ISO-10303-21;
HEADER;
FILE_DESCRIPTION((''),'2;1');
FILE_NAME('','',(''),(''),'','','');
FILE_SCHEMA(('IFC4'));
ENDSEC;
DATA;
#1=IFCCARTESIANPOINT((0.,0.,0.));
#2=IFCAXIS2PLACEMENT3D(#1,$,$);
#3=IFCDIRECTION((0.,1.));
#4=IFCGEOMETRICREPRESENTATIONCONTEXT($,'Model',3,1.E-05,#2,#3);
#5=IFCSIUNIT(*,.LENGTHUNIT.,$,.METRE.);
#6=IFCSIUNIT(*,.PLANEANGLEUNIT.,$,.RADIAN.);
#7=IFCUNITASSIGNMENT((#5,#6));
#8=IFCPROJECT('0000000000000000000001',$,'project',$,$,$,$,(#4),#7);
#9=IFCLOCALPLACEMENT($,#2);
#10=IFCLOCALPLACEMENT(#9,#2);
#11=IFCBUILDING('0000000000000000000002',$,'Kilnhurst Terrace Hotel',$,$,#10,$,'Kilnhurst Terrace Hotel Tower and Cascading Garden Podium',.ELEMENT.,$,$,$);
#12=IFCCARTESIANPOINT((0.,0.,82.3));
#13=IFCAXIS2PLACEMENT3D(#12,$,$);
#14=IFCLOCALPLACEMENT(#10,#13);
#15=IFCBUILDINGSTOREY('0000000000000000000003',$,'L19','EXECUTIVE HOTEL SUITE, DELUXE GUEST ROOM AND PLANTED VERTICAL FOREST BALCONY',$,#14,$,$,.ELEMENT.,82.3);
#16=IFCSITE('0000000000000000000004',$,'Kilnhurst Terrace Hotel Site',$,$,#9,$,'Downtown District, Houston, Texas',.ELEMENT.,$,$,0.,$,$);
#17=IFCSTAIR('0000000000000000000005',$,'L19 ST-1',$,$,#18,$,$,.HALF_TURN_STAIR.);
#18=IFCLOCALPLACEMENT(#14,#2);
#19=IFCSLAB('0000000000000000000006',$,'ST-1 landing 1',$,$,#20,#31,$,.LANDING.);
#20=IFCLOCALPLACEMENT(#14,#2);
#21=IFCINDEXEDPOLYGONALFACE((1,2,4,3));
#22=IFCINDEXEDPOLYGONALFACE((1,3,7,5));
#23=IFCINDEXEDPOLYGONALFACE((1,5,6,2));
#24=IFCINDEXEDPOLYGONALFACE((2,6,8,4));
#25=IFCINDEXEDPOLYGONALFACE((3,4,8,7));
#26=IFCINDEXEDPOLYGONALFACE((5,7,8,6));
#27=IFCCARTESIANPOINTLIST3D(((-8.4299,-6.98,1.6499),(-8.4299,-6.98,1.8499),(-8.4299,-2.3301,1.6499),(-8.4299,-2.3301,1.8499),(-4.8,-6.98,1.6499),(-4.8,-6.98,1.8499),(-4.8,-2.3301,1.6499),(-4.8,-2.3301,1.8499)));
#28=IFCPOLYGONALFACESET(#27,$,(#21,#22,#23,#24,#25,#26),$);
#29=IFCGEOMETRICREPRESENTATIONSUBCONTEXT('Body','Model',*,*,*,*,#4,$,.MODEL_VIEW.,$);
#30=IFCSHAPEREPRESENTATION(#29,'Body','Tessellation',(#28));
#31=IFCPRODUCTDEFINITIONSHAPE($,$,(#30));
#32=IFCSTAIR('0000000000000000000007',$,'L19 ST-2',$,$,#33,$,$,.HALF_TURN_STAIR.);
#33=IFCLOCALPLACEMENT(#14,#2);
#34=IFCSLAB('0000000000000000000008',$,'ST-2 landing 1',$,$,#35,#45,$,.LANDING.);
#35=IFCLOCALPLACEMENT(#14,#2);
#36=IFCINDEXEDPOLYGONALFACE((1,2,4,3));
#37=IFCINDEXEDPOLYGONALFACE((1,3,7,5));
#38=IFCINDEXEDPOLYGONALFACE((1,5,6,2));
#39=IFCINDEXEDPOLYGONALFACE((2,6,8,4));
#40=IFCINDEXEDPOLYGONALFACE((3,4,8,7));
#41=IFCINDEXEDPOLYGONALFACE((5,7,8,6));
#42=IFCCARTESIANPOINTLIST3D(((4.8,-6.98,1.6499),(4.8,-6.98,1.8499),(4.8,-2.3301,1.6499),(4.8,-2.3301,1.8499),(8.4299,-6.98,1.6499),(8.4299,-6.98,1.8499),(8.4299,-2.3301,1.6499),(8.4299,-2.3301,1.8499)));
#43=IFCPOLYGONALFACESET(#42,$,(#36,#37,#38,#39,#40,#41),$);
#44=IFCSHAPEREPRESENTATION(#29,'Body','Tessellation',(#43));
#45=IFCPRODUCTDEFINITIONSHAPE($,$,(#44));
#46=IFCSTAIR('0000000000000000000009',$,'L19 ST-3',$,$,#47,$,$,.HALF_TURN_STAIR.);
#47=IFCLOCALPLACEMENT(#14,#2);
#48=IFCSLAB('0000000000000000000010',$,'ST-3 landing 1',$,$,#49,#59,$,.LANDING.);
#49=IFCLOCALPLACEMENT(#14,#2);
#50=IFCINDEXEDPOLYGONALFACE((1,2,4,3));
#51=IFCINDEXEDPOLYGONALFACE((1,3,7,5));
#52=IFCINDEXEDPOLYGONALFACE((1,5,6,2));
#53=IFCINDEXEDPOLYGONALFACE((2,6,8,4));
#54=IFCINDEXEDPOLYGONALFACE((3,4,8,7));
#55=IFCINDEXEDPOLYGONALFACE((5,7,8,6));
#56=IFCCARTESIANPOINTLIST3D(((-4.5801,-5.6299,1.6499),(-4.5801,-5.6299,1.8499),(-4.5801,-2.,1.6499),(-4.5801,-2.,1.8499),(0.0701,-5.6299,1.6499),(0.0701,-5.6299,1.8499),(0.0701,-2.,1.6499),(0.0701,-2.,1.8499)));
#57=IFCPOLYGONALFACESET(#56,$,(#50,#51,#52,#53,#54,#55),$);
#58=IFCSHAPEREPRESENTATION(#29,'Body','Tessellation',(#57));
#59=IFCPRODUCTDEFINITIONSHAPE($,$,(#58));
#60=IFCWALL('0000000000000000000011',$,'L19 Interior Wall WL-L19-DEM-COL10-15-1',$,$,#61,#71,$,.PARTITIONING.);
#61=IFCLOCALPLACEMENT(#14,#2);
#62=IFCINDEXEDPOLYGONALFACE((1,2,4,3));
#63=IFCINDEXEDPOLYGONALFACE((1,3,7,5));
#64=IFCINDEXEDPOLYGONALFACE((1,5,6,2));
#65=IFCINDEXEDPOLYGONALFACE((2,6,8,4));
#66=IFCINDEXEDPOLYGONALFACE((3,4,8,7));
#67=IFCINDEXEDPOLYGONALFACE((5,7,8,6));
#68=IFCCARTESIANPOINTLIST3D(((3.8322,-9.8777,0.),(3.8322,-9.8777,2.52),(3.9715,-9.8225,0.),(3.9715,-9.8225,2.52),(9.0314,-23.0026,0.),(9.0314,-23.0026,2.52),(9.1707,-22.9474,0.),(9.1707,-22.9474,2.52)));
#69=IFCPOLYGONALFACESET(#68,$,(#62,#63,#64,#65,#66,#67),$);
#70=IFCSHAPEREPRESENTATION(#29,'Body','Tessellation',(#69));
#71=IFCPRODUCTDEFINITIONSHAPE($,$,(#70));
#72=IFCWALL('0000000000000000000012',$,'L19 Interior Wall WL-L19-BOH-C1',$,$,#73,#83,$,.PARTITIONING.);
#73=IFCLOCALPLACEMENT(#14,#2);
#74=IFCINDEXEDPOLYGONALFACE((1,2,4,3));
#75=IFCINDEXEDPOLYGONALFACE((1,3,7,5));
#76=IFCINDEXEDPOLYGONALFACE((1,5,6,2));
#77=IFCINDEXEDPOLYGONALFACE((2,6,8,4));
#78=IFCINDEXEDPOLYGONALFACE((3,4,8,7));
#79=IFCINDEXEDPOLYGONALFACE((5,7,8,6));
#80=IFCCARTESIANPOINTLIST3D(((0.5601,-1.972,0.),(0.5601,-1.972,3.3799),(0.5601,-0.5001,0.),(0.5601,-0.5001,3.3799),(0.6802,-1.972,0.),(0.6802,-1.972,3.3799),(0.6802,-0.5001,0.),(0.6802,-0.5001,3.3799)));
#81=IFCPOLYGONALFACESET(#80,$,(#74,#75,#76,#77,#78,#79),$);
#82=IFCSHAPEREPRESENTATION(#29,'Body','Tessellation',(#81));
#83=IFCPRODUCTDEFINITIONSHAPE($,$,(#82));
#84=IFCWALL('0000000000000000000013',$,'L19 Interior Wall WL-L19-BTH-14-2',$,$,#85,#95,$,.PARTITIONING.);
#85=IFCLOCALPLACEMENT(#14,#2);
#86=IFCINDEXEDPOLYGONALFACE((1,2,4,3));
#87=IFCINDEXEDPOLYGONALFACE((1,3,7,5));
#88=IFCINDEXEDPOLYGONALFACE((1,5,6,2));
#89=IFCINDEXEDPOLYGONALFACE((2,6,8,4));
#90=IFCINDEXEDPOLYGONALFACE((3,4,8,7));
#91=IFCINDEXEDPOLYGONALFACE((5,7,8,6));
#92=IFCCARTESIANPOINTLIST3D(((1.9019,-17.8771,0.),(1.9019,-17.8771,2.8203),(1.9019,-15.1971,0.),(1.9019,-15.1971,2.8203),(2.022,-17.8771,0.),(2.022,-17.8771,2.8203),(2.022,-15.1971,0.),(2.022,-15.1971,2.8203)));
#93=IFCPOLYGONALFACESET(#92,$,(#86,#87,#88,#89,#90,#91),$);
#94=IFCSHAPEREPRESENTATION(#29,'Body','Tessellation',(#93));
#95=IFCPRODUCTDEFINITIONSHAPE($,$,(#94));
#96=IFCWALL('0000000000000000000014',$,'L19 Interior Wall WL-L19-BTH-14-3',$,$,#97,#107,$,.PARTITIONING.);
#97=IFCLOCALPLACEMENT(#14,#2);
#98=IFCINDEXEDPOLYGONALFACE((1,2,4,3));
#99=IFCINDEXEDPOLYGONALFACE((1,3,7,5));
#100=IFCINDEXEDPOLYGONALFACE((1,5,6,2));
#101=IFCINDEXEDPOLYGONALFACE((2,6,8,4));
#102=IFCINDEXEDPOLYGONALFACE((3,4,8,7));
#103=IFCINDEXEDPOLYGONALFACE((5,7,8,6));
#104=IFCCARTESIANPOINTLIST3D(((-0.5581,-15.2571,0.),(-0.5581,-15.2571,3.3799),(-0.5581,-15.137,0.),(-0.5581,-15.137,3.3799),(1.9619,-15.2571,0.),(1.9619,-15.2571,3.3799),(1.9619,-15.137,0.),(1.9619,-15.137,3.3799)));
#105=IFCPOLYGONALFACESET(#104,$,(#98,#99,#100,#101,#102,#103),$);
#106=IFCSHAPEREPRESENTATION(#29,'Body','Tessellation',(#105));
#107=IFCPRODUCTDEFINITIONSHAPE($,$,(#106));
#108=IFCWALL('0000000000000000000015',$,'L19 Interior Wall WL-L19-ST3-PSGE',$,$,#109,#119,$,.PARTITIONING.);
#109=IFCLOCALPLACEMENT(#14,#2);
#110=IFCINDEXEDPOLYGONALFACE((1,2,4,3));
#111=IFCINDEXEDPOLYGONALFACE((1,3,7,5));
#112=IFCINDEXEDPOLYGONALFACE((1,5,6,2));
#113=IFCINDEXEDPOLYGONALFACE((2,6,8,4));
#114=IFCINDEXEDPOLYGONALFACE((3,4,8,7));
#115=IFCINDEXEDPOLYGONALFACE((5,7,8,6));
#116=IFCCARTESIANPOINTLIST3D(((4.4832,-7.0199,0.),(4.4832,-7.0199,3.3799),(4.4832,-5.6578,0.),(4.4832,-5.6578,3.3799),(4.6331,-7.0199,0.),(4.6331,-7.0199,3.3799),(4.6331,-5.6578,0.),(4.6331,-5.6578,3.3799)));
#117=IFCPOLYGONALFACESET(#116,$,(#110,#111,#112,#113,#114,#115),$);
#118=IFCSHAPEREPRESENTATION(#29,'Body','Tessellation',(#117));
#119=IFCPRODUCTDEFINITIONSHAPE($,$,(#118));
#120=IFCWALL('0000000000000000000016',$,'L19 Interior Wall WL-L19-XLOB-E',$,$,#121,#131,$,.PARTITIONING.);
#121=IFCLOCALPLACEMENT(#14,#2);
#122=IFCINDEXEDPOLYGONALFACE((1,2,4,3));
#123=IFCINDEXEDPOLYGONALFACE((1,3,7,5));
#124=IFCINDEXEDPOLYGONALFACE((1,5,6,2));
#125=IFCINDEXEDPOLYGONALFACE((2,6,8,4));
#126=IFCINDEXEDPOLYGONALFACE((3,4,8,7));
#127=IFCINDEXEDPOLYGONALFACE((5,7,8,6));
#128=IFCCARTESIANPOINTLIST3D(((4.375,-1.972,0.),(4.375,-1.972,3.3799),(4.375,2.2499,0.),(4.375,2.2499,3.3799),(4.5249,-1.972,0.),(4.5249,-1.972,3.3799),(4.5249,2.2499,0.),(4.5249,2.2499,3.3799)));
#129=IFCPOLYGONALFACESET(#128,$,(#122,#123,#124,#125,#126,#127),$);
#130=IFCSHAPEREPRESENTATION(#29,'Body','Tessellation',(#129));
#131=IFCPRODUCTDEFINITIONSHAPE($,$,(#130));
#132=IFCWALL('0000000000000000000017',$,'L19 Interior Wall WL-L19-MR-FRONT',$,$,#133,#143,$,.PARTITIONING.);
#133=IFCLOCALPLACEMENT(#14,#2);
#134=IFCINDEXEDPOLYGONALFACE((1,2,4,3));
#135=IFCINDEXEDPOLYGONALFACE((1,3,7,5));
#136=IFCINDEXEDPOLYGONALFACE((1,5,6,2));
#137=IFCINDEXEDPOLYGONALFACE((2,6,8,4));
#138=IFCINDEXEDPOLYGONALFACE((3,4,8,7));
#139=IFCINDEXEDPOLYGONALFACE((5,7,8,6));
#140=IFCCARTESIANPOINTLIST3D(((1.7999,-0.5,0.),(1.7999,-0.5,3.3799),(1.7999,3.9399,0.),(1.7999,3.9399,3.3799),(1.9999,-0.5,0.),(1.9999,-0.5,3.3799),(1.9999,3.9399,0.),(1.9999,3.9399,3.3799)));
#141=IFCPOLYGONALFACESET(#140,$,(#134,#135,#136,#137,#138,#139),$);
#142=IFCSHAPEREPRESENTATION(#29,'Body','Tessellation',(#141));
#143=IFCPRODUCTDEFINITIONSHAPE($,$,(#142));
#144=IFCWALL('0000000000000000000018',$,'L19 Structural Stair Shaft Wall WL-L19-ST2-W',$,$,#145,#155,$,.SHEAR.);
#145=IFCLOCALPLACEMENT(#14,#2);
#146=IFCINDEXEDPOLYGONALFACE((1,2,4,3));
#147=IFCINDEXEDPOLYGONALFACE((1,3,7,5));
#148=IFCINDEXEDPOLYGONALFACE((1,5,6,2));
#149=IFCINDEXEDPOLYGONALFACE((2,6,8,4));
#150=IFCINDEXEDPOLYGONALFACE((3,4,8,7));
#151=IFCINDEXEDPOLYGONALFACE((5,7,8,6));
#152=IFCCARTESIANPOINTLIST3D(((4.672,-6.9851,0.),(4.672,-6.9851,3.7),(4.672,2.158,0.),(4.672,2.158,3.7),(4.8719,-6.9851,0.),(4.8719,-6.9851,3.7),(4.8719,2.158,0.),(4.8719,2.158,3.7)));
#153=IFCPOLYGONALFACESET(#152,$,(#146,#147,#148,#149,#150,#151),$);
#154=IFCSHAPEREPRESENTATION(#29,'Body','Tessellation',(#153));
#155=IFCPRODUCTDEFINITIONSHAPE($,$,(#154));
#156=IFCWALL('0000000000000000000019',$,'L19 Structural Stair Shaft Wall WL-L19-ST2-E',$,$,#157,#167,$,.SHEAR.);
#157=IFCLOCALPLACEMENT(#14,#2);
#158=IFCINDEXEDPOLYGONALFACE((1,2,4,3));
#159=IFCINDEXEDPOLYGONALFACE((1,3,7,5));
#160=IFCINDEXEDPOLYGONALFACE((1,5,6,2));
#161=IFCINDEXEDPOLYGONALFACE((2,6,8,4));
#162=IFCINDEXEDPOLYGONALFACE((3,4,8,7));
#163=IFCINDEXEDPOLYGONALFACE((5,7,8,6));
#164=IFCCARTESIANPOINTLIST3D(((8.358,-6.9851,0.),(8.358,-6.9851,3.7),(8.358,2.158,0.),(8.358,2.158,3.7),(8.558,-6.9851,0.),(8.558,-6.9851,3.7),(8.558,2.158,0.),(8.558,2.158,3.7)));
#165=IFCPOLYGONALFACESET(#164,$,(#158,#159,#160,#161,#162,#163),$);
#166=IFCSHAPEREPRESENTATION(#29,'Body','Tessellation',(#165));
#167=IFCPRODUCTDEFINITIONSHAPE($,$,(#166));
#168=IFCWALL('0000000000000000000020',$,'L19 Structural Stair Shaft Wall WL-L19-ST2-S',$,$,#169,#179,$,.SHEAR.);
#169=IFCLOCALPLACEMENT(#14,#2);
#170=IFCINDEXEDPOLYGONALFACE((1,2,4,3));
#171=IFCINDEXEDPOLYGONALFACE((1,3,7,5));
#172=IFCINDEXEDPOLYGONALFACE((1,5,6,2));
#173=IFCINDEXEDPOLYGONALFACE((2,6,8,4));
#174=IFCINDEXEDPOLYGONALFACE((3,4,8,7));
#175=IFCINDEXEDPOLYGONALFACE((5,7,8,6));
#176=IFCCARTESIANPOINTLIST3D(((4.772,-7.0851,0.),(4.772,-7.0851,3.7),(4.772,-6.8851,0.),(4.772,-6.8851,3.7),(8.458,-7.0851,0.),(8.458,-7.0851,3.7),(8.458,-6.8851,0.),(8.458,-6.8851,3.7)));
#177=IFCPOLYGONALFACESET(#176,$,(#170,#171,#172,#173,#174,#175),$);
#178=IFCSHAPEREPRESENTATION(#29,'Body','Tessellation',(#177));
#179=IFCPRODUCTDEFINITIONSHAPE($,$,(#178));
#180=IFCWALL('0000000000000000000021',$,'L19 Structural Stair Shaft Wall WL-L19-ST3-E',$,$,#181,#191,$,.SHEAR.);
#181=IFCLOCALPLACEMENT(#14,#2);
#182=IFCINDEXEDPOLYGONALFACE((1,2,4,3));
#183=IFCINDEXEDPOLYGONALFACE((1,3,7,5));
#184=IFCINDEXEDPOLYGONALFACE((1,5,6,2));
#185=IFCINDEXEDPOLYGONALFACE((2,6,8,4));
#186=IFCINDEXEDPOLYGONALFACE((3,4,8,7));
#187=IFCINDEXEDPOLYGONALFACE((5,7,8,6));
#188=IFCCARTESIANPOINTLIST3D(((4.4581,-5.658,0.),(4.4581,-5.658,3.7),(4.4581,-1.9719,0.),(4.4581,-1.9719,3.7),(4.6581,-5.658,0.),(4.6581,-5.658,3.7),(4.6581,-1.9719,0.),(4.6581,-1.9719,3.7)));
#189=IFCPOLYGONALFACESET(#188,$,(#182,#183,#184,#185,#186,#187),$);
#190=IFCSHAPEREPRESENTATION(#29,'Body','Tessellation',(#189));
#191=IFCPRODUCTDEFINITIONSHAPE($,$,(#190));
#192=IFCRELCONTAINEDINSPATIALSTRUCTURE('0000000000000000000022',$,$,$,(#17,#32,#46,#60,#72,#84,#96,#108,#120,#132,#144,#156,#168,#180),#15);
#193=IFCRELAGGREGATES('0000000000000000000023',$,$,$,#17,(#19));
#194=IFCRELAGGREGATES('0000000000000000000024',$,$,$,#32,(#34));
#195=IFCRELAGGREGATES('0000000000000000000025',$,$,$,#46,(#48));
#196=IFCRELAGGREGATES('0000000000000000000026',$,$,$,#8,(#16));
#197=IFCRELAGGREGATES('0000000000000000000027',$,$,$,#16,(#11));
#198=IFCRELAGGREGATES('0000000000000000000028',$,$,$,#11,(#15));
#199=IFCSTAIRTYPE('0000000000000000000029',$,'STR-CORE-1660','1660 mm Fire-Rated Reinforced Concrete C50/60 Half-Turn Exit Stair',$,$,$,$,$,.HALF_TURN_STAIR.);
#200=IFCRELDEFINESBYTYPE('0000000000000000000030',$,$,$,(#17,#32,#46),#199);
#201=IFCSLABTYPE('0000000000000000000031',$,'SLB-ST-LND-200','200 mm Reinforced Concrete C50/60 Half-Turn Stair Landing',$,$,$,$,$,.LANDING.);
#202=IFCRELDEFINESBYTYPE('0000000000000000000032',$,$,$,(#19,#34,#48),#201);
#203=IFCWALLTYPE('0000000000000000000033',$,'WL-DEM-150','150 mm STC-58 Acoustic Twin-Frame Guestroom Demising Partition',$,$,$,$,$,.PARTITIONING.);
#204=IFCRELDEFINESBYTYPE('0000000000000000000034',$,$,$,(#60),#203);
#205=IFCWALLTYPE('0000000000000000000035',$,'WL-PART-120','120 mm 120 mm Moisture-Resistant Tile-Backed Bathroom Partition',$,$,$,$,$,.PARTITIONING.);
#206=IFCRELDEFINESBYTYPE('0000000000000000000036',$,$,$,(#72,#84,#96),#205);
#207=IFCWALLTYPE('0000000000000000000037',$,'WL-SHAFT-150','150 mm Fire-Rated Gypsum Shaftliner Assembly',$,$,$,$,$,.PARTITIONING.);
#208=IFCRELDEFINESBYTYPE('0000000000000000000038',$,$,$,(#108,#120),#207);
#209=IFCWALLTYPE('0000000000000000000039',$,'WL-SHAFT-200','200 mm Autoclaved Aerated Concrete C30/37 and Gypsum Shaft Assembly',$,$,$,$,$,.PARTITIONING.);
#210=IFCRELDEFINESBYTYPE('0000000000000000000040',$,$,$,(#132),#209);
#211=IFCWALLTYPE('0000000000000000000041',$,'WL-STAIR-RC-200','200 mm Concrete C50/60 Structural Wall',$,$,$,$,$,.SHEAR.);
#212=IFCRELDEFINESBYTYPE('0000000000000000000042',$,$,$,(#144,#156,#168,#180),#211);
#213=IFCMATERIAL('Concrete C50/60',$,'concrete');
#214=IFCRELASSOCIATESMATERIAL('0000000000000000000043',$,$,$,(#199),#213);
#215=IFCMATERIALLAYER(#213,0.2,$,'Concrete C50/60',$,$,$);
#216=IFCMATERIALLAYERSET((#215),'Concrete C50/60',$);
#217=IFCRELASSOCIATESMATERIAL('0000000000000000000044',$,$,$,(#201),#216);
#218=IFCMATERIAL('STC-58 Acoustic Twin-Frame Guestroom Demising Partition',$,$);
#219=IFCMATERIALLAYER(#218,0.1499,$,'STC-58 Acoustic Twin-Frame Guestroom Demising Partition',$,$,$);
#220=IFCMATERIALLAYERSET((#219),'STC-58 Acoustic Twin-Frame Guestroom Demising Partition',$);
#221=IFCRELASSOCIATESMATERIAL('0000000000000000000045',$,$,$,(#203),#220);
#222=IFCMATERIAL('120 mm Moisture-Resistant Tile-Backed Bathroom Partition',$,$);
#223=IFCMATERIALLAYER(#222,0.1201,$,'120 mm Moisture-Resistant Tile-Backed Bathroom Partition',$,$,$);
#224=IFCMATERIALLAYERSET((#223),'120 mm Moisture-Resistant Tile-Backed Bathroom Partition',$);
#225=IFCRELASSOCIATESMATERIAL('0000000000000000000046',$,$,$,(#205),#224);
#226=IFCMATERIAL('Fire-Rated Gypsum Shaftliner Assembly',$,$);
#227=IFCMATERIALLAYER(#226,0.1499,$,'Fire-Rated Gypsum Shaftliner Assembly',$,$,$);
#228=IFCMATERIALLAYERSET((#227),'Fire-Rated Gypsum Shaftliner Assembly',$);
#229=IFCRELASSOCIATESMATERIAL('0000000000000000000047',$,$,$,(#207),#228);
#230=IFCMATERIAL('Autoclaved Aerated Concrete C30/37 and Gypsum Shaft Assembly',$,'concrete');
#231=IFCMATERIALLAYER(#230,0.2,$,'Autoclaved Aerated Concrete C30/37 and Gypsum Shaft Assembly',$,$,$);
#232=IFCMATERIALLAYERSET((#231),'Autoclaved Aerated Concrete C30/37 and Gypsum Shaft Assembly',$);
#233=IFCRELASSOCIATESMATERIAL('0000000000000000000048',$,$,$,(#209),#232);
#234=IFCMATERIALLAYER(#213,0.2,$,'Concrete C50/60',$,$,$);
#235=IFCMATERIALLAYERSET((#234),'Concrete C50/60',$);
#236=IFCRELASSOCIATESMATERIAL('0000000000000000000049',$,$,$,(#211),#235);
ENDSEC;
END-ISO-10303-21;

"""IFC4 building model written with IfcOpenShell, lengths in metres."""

from ifc_helpers import new_model, si_unit, direction, frame, frame_2d, origin, place, context, subcontext, project, spatial, polyline, rectangle, outline, extrude, material, layer, layer_set, type_object, element, aggregate, save


model = new_model("IFC4")

# Units and contexts
model_context = context("Model", 3, precision=1e-05, world=origin(), true_north=direction((0.0, 1.0)))
body_context = subcontext(model_context, "Body", "Model", "MODEL_VIEW")
ifc_project = project(units=[si_unit("LENGTHUNIT", "METRE"), si_unit("PLANEANGLEUNIT", "RADIAN")], contexts=[model_context])

# Site, building, storey
site_placement = place(None, origin())
site = spatial("IfcSite", under=ifc_project, at=site_placement, Name="Kilnhurst Terrace Hotel Site", LongName="Downtown District, Houston, Texas", CompositionType="ELEMENT", RefElevation=0.0)
building_placement = place(site_placement, origin())
building = spatial("IfcBuilding", under=site, at=building_placement, Name="Kilnhurst Terrace Hotel", LongName="Kilnhurst Terrace Hotel Tower and Cascading Garden Podium", CompositionType="ELEMENT")
storey_placement = place(building_placement, frame((0.0, 0.0, 82.3)))
storey = spatial("IfcBuildingStorey", under=building, at=storey_placement, Name="L19", Description="EXECUTIVE HOTEL SUITE, DELUXE GUEST ROOM AND PLANTED VERTICAL FOREST BALCONY", CompositionType="ELEMENT", Elevation=82.3)

# Shared definitions
ifc_material_1 = material(Name="Concrete C50/60", Category="concrete")

# Stairs, slabs
stair_type = type_object("IfcStairType", Name="STR-CORE-1660", Description="1660 mm Fire-Rated Reinforced Concrete C50/60 Half-Turn Exit Stair", PredefinedType="HALF_TURN_STAIR", material=ifc_material_1)
stair_1_placement = place(storey_placement, origin())
stair_1 = element("IfcStair", 1, at=stair_1_placement, inside=storey, type_object=stair_type, Name="L19 ST-1", PredefinedType="HALF_TURN_STAIR")
ifc_layer_1 = layer(ifc_material_1, 0.2, Name="Concrete C50/60")
ifc_layer_set_1 = layer_set([ifc_layer_1], Name="Concrete C50/60")
slab_type_1 = type_object("IfcSlabType", Name="SLB-ST-LND-200", Description="200 mm Reinforced Concrete C50/60 Half-Turn Stair Landing", PredefinedType="LANDING", material=ifc_layer_set_1)
slab_1_placement = place(storey_placement, frame((0.0, 0.0, 1.6499)))
slab_1 = element("IfcSlab", 2, at=slab_1_placement, type_object=slab_type_1, Name="ST-1 landing 1", PredefinedType="LANDING", context=body_context, shape_type="SweptSolid", body=[
    extrude(outline(polyline([(-8.4299, -2.3301), (-4.8, -2.3301), (-4.8, -6.98), (-8.4299, -6.98), (-8.4299, -2.3301)])), origin(), (0.0, 0.0, 1.0), 0.2),
])
aggregate(stair_1, [slab_1])
stair_2_placement = place(storey_placement, origin())
stair_2 = element("IfcStair", 3, at=stair_2_placement, inside=storey, type_object=stair_type, Name="L19 ST-2", PredefinedType="HALF_TURN_STAIR")
slab_2_placement = place(storey_placement, frame((0.0, 0.0, 1.6499)))
slab_2 = element("IfcSlab", 4, at=slab_2_placement, type_object=slab_type_1, Name="ST-2 landing 1", PredefinedType="LANDING", context=body_context, shape_type="SweptSolid", body=[
    extrude(outline(polyline([(4.8, -2.3301), (8.4299, -2.3301), (8.4299, -6.98), (4.8, -6.98), (4.8, -2.3301)])), origin(), (0.0, 0.0, 1.0), 0.2),
])
stair_3_placement = place(storey_placement, origin())
stair_3 = element("IfcStair", 5, at=stair_3_placement, inside=storey, type_object=stair_type, Name="L19 ST-3", PredefinedType="HALF_TURN_STAIR")
slab_3_placement = place(storey_placement, frame((0.0, 0.0, 1.6499)))
slab_3 = element("IfcSlab", 6, at=slab_3_placement, type_object=slab_type_1, Name="ST-3 landing 1", PredefinedType="LANDING", context=body_context, shape_type="SweptSolid", body=[
    extrude(outline(polyline([(0.0701, -2.0), (0.0701, -5.6299), (-4.5801, -5.6299), (-4.5801, -2.0), (0.0701, -2.0)])), origin(), (0.0, 0.0, 1.0), 0.2),
])

# Walls
ifc_material_2 = material(Name="STC-58 Acoustic Twin-Frame Guestroom Demising Partition")
ifc_layer_2 = layer(ifc_material_2, 0.1499, Name="STC-58 Acoustic Twin-Frame Guestroom Demising Partition")
ifc_layer_set_2 = layer_set([ifc_layer_2], Name="STC-58 Acoustic Twin-Frame Guestroom Demising Partition")
wall_type_1 = type_object("IfcWallType", Name="WL-DEM-150", Description="150 mm STC-58 Acoustic Twin-Frame Guestroom Demising Partition", PredefinedType="PARTITIONING", material=ifc_layer_set_2)
wall_1_placement = place(storey_placement, frame((3.9019, -9.8501, 0.0), z_axis=(0.0, 0.0, 1.0), x_axis=(0.368288, -0.929712, 0.0)))
element("IfcWall", 7, at=wall_1_placement, inside=storey, type_object=wall_type_1, Name="L19 Interior Wall WL-L19-DEM-COL10-15-1", PredefinedType="PARTITIONING", context=body_context, shape_type="SweptSolid", body=[
    extrude(rectangle(XDim=14.1172, YDim=0.1499, at=frame_2d((7.0586, 0.0))), origin(), (0.0, 0.0, 1.0), 2.52),
])
ifc_material_3 = material(Name="120 mm Moisture-Resistant Tile-Backed Bathroom Partition")
ifc_layer_3 = layer(ifc_material_3, 0.1201, Name="120 mm Moisture-Resistant Tile-Backed Bathroom Partition")
ifc_layer_set_3 = layer_set([ifc_layer_3], Name="120 mm Moisture-Resistant Tile-Backed Bathroom Partition")
wall_type_2 = type_object("IfcWallType", Name="WL-PART-120", Description="120 mm 120 mm Moisture-Resistant Tile-Backed Bathroom Partition", PredefinedType="PARTITIONING", material=ifc_layer_set_3)
wall_2_placement = place(storey_placement, frame((0.6201, -1.9719, 0.0), z_axis=(0.0, 0.0, 1.0), x_axis=(0.0, 1.0, 0.0)))
element("IfcWall", 8, at=wall_2_placement, inside=storey, type_object=wall_type_2, Name="L19 Interior Wall WL-L19-BOH-C1", PredefinedType="PARTITIONING", context=body_context, shape_type="SweptSolid", body=[
    extrude(rectangle(XDim=1.4719, YDim=0.1201, at=frame_2d((0.7358, 0.0))), origin(), (0.0, 0.0, 1.0), 3.3799),
])
wall_3_placement = place(storey_placement, frame((1.9619, -17.877, 0.0), z_axis=(0.0, 0.0, 1.0), x_axis=(0.0, 1.0, 0.0)))
element("IfcWall", 9, at=wall_3_placement, inside=storey, type_object=wall_type_2, Name="L19 Interior Wall WL-L19-BTH-14-2", PredefinedType="PARTITIONING", context=body_context, shape_type="SweptSolid", body=[
    extrude(rectangle(XDim=2.6799, YDim=0.1201, at=frame_2d((1.3398, 0.0))), origin(), (0.0, 0.0, 1.0), 2.8203),
])
wall_4_placement = place(storey_placement, frame((1.9619, -15.197, 0.0), z_axis=(0.0, 0.0, 1.0), x_axis=(-1.0, 0.0, 0.0)))
element("IfcWall", 10, at=wall_4_placement, inside=storey, type_object=wall_type_2, Name="L19 Interior Wall WL-L19-BTH-14-3", PredefinedType="PARTITIONING", context=body_context, shape_type="SweptSolid", body=[
    extrude(rectangle(XDim=2.52, YDim=0.1201, at=frame_2d((1.26, 0.0))), origin(), (0.0, 0.0, 1.0), 3.3799),
])
ifc_material_4 = material(Name="Fire-Rated Gypsum Shaftliner Assembly")
ifc_layer_4 = layer(ifc_material_4, 0.1499, Name="Fire-Rated Gypsum Shaftliner Assembly")
ifc_layer_set_4 = layer_set([ifc_layer_4], Name="Fire-Rated Gypsum Shaftliner Assembly")
wall_type_3 = type_object("IfcWallType", Name="WL-SHAFT-150", Description="150 mm Fire-Rated Gypsum Shaftliner Assembly", PredefinedType="PARTITIONING", material=ifc_layer_set_4)
wall_5_placement = place(storey_placement, frame((4.5581, -7.02, 0.0), z_axis=(0.0, 0.0, 1.0), x_axis=(0.0, 1.0, 0.0)))
element("IfcWall", 11, at=wall_5_placement, inside=storey, type_object=wall_type_3, Name="L19 Interior Wall WL-L19-ST3-PSGE", PredefinedType="PARTITIONING", context=body_context, shape_type="SweptSolid", body=[
    extrude(rectangle(XDim=1.3621, YDim=0.1499, at=frame_2d((0.6812, 0.0))), origin(), (0.0, 0.0, 1.0), 3.3799),
])
wall_6_placement = place(storey_placement, frame((4.45, -1.9719, 0.0), z_axis=(0.0, 0.0, 1.0), x_axis=(0.0, 1.0, 0.0)))
element("IfcWall", 12, at=wall_6_placement, inside=storey, type_object=wall_type_3, Name="L19 Interior Wall WL-L19-XLOB-E", PredefinedType="PARTITIONING", context=body_context, shape_type="SweptSolid", body=[
    extrude(rectangle(XDim=4.2219, YDim=0.1499, at=frame_2d((2.1108, 0.0))), origin(), (0.0, 0.0, 1.0), 3.3799),
])
ifc_material_5 = material(Name="Autoclaved Aerated Concrete C30/37 and Gypsum Shaft Assembly", Category="concrete")
ifc_layer_5 = layer(ifc_material_5, 0.2, Name="Autoclaved Aerated Concrete C30/37 and Gypsum Shaft Assembly")
ifc_layer_set_5 = layer_set([ifc_layer_5], Name="Autoclaved Aerated Concrete C30/37 and Gypsum Shaft Assembly")
wall_type_4 = type_object("IfcWallType", Name="WL-SHAFT-200", Description="200 mm Autoclaved Aerated Concrete C30/37 and Gypsum Shaft Assembly", PredefinedType="PARTITIONING", material=ifc_layer_set_5)
wall_7_placement = place(storey_placement, frame((1.8999, -0.5, 0.0), z_axis=(0.0, 0.0, 1.0), x_axis=(0.0, 1.0, 0.0)))
element("IfcWall", 13, at=wall_7_placement, inside=storey, type_object=wall_type_4, Name="L19 Interior Wall WL-L19-MR-FRONT", PredefinedType="PARTITIONING", context=body_context, shape_type="SweptSolid", body=[
    extrude(rectangle(XDim=4.4399, YDim=0.2, at=frame_2d((2.22, 0.0))), origin(), (0.0, 0.0, 1.0), 3.3799),
])
ifc_layer_6 = layer(ifc_material_1, 0.2, Name="Concrete C50/60")
ifc_layer_set_6 = layer_set([ifc_layer_6], Name="Concrete C50/60")
wall_type_5 = type_object("IfcWallType", Name="WL-STAIR-RC-200", Description="200 mm Concrete C50/60 Structural Wall", PredefinedType="SHEAR", material=ifc_layer_set_6)
for number, where, z_axis, x_axis, name in (
    (14, (4.772, -6.9851, 0.0), (0.0, 0.0, 1.0), (0.0, 1.0, 0.0), "L19 Structural Stair Shaft Wall WL-L19-ST2-W"),
    (15, (8.458, -6.9851, 0.0), (0.0, 0.0, 1.0), (0.0, 1.0, 0.0), "L19 Structural Stair Shaft Wall WL-L19-ST2-E"),
):
    element("IfcWall", number, at=place(storey_placement, frame(where, z_axis=z_axis, x_axis=x_axis)), inside=storey, type_object=wall_type_5, Name=name, PredefinedType="SHEAR", context=body_context, shape_type="SweptSolid", body=[
        extrude(rectangle(XDim=9.1431, YDim=0.2, at=frame_2d((4.5715, 0.0))), origin(), (0.0, 0.0, 1.0), 3.7),
    ])
for number, where, z_axis, x_axis, name in (
    (16, (4.772, -6.9851, 0.0), (0.0, 0.0, 1.0), (1.0, 0.0, 0.0), "L19 Structural Stair Shaft Wall WL-L19-ST2-S"),
    (17, (4.5581, -5.658, 0.0), (0.0, 0.0, 1.0), (0.0, 1.0, 0.0), "L19 Structural Stair Shaft Wall WL-L19-ST3-E"),
):
    element("IfcWall", number, at=place(storey_placement, frame(where, z_axis=z_axis, x_axis=x_axis)), inside=storey, type_object=wall_type_5, Name=name, PredefinedType="SHEAR", context=body_context, shape_type="SweptSolid", body=[
        extrude(rectangle(XDim=3.686, YDim=0.2, at=frame_2d((1.843, 0.0))), origin(), (0.0, 0.0, 1.0), 3.7),
    ])

aggregate(stair_2, [slab_2])
aggregate(stair_3, [slab_3])

save(model, "model.ifc")
